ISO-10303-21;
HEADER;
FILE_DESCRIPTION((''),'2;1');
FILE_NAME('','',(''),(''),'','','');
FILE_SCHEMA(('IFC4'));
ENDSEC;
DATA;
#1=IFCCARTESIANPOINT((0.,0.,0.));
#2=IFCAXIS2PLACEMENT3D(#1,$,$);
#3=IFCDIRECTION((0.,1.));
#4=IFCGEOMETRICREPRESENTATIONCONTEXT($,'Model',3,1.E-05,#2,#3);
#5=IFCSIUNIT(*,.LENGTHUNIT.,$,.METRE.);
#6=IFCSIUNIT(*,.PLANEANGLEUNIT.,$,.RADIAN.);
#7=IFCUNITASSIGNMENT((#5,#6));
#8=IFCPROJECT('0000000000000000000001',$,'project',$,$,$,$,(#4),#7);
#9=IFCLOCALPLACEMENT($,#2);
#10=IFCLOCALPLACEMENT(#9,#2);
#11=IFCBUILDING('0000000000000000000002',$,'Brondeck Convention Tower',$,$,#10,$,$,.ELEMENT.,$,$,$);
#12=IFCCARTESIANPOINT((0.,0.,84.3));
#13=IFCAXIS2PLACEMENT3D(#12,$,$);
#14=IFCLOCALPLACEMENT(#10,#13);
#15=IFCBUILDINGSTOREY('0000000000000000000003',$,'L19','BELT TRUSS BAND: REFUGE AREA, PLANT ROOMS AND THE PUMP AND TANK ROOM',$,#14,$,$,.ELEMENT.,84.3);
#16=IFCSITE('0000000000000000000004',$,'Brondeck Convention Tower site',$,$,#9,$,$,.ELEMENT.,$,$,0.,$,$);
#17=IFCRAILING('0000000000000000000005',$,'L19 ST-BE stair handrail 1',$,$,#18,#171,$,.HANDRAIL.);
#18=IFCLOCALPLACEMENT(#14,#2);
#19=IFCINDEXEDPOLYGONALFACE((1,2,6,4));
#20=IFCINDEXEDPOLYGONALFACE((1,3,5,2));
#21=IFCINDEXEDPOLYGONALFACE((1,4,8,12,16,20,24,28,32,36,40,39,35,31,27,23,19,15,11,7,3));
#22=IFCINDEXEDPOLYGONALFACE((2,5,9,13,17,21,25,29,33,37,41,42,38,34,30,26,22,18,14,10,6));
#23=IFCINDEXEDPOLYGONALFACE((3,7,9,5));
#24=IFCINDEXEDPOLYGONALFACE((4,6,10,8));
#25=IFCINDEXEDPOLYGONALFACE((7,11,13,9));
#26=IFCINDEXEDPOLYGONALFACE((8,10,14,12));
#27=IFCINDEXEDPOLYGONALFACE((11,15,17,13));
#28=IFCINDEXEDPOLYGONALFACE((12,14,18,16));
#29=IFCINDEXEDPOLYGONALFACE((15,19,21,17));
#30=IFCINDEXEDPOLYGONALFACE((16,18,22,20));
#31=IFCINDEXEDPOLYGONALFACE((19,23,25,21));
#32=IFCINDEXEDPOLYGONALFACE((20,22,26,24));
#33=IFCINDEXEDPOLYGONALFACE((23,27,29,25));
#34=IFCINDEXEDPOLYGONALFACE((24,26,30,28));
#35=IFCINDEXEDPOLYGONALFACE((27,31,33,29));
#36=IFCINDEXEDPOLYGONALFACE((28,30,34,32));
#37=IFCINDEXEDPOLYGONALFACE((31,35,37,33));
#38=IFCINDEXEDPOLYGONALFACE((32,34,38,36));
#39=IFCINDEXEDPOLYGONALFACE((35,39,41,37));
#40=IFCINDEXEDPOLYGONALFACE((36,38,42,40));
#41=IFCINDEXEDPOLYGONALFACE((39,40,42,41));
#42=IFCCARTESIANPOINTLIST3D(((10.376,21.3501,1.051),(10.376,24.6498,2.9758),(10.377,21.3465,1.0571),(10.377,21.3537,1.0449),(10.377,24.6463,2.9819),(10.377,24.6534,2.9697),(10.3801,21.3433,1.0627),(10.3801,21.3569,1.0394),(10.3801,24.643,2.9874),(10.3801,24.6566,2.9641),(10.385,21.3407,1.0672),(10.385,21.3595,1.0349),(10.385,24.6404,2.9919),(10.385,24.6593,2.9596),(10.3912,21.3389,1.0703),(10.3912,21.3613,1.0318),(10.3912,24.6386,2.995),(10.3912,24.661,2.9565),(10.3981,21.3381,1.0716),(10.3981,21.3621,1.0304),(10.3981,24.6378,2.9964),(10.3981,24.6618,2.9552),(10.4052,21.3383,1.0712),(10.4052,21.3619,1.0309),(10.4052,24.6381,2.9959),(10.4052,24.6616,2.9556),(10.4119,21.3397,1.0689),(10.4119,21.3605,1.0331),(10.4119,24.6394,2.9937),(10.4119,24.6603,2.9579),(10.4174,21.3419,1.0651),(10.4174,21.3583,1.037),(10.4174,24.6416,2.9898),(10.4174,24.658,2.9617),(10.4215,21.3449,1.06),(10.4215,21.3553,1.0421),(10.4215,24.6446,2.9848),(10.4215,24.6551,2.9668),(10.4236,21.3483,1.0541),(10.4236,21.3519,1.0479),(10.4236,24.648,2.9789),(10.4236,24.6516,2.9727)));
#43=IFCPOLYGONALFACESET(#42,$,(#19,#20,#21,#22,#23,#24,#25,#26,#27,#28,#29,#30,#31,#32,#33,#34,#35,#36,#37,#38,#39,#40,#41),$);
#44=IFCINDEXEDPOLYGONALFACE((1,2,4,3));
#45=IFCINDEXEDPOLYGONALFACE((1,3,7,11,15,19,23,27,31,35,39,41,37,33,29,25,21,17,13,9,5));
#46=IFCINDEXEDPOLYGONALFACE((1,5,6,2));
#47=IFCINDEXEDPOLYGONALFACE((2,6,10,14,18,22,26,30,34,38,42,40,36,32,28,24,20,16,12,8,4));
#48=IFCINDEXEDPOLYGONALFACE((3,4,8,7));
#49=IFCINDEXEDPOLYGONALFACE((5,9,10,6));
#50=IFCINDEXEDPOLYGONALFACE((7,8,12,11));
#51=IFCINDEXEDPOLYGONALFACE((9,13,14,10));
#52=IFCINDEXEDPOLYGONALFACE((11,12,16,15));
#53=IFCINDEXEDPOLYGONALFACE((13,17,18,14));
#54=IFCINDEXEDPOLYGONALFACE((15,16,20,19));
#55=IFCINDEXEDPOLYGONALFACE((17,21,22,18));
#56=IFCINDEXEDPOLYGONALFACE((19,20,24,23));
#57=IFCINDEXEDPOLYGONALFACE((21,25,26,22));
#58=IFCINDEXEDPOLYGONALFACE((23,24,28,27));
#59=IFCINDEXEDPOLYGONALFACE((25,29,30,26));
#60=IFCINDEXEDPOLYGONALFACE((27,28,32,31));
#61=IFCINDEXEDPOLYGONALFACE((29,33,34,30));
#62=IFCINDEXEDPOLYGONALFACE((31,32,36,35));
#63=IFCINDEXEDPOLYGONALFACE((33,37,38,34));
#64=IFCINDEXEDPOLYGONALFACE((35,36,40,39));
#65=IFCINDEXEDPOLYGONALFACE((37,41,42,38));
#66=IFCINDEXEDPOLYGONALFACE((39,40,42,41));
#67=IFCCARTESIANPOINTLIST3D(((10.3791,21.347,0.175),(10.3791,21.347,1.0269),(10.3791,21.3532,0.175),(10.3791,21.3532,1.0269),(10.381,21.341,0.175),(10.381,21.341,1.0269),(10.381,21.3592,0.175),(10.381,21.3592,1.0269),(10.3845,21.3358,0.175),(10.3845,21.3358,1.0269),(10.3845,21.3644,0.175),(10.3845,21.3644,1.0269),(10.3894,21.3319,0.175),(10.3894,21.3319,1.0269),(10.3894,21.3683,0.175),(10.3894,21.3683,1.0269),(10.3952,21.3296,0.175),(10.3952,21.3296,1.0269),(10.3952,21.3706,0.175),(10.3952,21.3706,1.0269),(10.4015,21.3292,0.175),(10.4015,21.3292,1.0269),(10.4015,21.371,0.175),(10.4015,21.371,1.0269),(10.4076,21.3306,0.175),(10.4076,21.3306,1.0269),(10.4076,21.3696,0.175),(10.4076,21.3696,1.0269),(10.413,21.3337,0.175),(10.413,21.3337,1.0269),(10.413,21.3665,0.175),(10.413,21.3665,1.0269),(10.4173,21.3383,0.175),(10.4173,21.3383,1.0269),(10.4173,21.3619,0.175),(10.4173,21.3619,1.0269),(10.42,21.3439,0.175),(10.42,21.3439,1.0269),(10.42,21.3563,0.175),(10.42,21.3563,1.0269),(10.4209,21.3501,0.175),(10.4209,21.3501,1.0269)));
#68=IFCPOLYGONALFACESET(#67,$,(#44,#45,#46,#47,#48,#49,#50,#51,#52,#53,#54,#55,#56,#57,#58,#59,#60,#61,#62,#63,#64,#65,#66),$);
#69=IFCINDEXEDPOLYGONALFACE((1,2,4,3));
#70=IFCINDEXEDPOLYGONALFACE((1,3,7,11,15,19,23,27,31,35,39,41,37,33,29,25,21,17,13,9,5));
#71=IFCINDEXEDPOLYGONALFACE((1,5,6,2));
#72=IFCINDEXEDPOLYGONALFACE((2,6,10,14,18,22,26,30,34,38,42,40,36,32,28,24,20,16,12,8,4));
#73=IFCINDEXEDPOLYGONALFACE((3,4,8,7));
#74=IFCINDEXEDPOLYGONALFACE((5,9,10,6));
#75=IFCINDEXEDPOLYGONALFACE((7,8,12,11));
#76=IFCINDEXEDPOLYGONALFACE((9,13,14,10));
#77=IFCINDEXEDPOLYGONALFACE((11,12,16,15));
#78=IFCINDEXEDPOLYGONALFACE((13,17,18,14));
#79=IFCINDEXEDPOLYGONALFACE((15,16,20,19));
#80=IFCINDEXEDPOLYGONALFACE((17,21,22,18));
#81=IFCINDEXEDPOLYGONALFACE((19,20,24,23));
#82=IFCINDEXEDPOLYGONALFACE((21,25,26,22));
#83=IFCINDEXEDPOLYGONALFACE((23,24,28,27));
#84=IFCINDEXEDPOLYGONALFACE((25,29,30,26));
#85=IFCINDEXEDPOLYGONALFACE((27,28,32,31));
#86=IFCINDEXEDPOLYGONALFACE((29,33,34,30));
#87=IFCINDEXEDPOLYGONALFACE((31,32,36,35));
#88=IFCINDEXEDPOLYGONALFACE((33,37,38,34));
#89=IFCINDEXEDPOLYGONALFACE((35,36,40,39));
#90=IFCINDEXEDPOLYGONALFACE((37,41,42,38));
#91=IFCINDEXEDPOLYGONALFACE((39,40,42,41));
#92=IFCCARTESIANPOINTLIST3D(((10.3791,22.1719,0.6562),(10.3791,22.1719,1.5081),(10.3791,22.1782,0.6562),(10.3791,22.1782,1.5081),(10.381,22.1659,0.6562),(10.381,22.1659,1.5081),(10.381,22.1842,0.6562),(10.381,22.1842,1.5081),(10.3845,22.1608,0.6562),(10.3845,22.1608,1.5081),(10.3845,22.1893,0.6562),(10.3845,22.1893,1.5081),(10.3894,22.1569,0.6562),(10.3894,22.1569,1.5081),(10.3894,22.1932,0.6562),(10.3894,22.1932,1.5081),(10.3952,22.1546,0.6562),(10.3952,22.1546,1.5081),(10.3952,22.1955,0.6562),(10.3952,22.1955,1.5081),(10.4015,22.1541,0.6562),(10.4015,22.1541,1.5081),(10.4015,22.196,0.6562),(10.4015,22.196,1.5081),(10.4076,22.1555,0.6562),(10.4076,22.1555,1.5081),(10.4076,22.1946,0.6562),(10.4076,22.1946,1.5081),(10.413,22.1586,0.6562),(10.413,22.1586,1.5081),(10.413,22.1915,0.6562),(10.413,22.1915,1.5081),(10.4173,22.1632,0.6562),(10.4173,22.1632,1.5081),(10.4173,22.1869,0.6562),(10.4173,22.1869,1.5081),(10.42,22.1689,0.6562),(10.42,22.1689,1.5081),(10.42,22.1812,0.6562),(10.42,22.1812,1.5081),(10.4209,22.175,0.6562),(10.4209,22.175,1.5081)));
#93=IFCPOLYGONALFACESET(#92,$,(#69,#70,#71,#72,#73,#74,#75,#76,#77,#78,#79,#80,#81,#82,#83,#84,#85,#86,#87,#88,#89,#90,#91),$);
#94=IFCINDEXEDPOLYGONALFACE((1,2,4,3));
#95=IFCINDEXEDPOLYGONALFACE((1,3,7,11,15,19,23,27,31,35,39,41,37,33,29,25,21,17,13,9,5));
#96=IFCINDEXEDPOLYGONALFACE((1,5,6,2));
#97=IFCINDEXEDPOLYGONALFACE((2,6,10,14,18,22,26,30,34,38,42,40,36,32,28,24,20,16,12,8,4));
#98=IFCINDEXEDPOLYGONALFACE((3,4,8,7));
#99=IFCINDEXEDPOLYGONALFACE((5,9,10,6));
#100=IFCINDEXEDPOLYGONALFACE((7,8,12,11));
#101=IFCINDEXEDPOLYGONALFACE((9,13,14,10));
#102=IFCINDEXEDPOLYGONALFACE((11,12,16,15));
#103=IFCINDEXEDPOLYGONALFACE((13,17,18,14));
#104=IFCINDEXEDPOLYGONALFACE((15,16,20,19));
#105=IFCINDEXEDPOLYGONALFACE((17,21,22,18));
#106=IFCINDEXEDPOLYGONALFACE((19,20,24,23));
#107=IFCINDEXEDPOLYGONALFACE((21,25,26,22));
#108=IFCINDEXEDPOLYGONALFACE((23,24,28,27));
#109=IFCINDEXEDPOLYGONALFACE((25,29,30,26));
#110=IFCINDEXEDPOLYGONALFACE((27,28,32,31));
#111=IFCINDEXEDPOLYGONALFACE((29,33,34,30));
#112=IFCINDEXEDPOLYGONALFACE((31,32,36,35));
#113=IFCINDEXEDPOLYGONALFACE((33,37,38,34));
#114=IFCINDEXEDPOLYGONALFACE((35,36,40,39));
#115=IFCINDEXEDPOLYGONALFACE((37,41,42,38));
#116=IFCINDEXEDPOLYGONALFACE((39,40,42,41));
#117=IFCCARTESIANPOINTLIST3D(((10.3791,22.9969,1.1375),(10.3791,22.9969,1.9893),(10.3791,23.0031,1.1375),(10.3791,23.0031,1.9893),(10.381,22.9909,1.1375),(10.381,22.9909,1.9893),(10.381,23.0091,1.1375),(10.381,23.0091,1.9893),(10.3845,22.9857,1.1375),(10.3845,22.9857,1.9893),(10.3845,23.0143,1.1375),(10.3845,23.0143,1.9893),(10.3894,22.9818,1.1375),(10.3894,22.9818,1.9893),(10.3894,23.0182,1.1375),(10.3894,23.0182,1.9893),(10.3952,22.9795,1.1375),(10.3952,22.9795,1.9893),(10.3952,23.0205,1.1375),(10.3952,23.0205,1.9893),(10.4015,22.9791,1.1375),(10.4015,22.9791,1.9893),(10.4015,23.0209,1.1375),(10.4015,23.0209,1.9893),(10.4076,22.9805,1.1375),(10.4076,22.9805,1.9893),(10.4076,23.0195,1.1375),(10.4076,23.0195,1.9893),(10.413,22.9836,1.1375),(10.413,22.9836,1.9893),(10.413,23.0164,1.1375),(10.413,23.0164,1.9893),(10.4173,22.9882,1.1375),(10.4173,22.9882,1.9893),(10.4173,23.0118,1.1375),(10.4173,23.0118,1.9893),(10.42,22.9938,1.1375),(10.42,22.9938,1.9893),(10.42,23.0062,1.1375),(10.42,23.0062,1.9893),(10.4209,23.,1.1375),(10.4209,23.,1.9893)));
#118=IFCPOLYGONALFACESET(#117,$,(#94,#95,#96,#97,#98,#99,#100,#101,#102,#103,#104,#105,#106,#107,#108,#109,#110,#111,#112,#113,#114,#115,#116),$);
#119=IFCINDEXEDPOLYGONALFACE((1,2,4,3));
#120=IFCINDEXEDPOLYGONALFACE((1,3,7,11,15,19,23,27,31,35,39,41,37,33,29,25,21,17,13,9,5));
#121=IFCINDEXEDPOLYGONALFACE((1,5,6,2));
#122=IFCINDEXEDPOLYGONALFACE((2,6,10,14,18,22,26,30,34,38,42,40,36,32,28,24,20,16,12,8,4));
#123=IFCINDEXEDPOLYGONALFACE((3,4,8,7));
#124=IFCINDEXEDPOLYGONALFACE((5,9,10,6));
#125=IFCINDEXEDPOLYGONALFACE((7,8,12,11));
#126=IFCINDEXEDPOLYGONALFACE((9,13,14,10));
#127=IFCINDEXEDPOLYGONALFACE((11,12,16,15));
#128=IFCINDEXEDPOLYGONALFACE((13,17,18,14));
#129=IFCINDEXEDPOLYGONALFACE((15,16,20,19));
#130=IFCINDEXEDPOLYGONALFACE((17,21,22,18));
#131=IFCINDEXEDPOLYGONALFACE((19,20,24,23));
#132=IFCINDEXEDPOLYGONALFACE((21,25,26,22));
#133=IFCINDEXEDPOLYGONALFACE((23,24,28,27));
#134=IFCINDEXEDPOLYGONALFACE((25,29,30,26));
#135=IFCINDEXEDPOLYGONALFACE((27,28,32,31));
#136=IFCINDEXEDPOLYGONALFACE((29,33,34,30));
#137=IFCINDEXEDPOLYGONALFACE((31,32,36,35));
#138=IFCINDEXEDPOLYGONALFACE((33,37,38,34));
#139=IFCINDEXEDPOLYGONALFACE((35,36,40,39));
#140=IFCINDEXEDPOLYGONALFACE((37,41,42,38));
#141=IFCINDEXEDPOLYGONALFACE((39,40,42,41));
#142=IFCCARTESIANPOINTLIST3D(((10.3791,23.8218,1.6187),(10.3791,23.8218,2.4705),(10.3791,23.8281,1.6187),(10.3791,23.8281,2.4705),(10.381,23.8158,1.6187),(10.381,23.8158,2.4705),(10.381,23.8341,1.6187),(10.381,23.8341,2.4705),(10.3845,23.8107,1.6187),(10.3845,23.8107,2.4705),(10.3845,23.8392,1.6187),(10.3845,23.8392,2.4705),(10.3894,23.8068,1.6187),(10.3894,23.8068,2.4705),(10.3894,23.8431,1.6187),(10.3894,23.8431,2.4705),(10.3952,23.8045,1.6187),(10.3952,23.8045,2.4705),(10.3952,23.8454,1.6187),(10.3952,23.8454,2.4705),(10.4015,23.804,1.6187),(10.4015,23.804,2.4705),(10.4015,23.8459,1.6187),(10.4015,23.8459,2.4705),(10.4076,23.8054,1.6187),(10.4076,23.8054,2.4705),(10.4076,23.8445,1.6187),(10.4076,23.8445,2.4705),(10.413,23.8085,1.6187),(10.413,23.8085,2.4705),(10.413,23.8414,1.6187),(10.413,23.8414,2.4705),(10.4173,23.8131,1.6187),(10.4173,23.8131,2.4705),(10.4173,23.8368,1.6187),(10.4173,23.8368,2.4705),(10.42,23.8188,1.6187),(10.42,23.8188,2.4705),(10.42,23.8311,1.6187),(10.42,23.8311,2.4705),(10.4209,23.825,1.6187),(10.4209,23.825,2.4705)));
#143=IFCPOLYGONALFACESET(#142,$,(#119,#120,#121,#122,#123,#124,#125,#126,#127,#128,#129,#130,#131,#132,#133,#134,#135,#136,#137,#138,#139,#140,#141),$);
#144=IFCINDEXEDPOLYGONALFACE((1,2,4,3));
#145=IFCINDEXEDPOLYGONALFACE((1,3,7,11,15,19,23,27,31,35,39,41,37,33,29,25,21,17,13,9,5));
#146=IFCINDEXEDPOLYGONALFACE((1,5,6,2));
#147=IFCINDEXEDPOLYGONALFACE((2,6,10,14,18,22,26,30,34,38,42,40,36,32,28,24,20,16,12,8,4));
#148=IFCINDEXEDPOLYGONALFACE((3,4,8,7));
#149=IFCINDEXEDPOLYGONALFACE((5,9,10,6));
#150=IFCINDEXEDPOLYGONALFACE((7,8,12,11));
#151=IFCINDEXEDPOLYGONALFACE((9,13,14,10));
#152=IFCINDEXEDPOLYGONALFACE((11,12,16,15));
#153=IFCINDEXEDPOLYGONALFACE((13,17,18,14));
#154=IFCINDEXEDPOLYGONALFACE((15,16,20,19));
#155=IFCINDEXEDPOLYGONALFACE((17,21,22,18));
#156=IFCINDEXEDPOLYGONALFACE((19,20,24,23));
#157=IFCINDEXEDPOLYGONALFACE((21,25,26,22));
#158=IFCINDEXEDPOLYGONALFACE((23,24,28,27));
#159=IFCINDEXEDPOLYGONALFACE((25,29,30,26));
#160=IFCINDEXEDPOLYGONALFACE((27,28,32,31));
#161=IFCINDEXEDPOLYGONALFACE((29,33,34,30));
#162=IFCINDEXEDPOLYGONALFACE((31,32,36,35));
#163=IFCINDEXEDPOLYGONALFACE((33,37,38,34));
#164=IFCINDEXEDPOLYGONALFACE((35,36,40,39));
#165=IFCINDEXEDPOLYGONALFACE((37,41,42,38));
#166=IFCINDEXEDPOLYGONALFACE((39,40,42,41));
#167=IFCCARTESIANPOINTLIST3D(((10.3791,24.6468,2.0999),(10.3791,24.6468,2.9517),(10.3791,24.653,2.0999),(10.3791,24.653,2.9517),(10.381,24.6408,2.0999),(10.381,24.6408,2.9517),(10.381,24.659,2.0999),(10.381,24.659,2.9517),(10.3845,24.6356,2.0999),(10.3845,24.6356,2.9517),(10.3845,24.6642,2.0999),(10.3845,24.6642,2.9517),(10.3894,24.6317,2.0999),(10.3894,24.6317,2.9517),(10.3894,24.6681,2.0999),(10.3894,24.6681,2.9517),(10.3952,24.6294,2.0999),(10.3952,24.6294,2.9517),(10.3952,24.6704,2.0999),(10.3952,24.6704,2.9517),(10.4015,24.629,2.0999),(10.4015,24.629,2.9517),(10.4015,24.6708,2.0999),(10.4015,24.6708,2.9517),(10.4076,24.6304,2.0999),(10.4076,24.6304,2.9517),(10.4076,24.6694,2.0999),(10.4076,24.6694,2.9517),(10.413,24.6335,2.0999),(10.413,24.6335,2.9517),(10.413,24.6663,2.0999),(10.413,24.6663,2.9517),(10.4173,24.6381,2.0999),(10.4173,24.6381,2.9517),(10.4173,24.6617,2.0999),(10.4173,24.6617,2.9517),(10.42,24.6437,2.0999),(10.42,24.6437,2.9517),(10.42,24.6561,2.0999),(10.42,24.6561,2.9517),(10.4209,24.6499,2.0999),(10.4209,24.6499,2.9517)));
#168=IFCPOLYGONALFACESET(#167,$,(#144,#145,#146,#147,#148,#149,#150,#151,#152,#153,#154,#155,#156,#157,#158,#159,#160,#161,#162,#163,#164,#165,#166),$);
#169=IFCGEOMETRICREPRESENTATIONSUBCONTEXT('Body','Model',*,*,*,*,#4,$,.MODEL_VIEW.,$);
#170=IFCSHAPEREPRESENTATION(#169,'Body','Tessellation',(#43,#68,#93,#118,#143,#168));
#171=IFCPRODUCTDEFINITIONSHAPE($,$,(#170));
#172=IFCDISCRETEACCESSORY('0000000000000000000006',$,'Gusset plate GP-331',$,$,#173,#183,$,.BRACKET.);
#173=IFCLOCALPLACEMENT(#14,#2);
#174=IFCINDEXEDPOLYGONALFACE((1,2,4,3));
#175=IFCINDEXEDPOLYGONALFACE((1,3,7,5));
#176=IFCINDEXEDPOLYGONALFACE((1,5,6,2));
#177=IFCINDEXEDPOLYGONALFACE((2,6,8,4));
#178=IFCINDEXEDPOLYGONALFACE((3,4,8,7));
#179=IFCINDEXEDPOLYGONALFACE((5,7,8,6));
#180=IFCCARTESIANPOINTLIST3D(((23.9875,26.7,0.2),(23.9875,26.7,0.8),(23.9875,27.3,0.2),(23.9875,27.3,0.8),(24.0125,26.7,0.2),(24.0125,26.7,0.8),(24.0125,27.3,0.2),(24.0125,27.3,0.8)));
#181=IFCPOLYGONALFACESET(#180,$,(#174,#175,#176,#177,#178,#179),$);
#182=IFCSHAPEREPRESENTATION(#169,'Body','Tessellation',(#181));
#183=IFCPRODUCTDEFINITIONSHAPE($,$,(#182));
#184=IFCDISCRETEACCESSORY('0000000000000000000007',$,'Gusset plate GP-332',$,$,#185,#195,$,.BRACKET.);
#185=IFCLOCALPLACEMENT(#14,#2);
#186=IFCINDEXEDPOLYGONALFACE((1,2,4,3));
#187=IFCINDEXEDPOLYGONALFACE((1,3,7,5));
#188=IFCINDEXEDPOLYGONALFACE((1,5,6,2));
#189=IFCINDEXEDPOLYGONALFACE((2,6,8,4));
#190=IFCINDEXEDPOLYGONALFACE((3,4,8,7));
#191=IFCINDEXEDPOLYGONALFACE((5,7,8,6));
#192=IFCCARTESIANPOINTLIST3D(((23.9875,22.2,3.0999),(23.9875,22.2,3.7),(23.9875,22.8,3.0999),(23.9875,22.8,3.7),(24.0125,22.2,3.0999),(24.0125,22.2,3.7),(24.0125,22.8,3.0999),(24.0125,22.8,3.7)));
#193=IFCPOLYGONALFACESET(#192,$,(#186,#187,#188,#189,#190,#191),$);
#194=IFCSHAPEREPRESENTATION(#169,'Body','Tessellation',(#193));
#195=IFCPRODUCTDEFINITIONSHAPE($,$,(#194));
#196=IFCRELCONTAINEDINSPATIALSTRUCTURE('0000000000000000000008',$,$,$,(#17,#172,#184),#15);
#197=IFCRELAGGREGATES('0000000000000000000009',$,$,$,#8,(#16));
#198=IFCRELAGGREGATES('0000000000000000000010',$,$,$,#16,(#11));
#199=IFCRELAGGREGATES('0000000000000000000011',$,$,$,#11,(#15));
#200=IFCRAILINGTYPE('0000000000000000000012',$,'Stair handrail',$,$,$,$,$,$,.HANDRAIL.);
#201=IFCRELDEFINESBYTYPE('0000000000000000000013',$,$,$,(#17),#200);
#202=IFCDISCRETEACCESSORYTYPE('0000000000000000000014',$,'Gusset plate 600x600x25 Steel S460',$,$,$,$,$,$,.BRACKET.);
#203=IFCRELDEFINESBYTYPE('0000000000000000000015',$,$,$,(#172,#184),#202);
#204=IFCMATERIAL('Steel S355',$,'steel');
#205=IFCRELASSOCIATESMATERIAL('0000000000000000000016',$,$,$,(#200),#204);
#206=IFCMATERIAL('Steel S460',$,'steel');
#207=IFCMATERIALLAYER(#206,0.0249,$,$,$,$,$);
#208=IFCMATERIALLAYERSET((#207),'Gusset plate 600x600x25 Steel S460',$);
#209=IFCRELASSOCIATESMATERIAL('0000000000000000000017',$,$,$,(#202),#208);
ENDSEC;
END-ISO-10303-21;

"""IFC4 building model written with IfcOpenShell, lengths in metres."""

from ifc_helpers import new_model, si_unit, direction, frame, origin, origin_2d, place, context, subcontext, project, spatial, rectangle, circle, extrude, material, layer, layer_set, type_object, element, save


model = new_model("IFC4")

# Units and contexts
model_context = context("Model", 3, precision=1e-05, world=origin(), true_north=direction((0.0, 1.0)))
body_context = subcontext(model_context, "Body", "Model", "MODEL_VIEW")
ifc_project = project(units=[si_unit("LENGTHUNIT", "METRE"), si_unit("PLANEANGLEUNIT", "RADIAN")], contexts=[model_context])

# Site, building, storey
site_placement = place(None, origin())
site = spatial("IfcSite", under=ifc_project, at=site_placement, Name="Brondeck Convention Tower site", CompositionType="ELEMENT", RefElevation=0.0)
building_placement = place(site_placement, origin())
building = spatial("IfcBuilding", under=site, at=building_placement, Name="Brondeck Convention Tower", CompositionType="ELEMENT")
storey_placement = place(building_placement, frame((0.0, 0.0, 84.3)))
storey = spatial("IfcBuildingStorey", under=building, at=storey_placement, Name="L19", Description="BELT TRUSS BAND: REFUGE AREA, PLANT ROOMS AND THE PUMP AND TANK ROOM", CompositionType="ELEMENT", Elevation=84.3)

# Shared definitions
ifc_material_1 = material(Name="Steel S355", Category="steel")

# Shared definitions
ifc_material_2 = material(Name="Steel S460", Category="steel")

# Railing
railing_type_1 = type_object("IfcRailingType", Name="Stair handrail", PredefinedType="HANDRAIL", material=ifc_material_1)
railing_1_placement = place(storey_placement, frame((10.3999, 21.3501, 0.175)))
element("IfcRailing", 1, at=railing_1_placement, inside=storey, type_object=railing_type_1, Name="L19 ST-BE stair handrail 1", PredefinedType="HANDRAIL", context=body_context, shape_type="SweptSolid", body=[
    extrude(circle(Radius=0.0239, at=origin_2d()), frame((0.0, 0.0, 0.876), z_axis=(0.0, 0.863788, 0.503855), x_axis=(-1.0, 0.0, 0.0)), (0.0, 0.0, 1.0), 3.8201),
    extrude(circle(Radius=0.021, at=origin_2d()), origin(), (0.0, 0.0, 1.0), 0.8518),
    extrude(circle(Radius=0.021, at=origin_2d()), frame((0.0, 0.825, 0.4812)), (0.0, 0.0, 1.0), 0.8518),
    extrude(circle(Radius=0.021, at=origin_2d()), frame((0.0, 1.6499, 0.9624)), (0.0, 0.0, 1.0), 0.8518),
    extrude(circle(Radius=0.021, at=origin_2d()), frame((0.0, 2.4749, 1.4436)), (0.0, 0.0, 1.0), 0.8518),
    extrude(circle(Radius=0.021, at=origin_2d()), frame((0.0, 3.2998, 1.9248)), (0.0, 0.0, 1.0), 0.8518),
])

# Discrete accessories
ifc_layer_1 = layer(ifc_material_2, 0.0249)
ifc_layer_set_1 = layer_set([ifc_layer_1], Name="Gusset plate 600x600x25 Steel S460")
discrete_accessory_type = type_object("IfcDiscreteAccessoryType", Name="Gusset plate 600x600x25 Steel S460", PredefinedType="BRACKET", material=ifc_layer_set_1)
for number, where, z_axis, x_axis, name in (
    (2, (24.0, 27.0, 0.2), (0.0, 0.0, 1.0), (0.0, 1.0, 0.0), "Gusset plate GP-331"),
    (3, (24.0, 22.5, 3.0999), (0.0, 0.0, 1.0), (0.0, 1.0, 0.0), "Gusset plate GP-332"),
):
    element("IfcDiscreteAccessory", number, at=place(storey_placement, frame(where, z_axis=z_axis, x_axis=x_axis)), inside=storey, type_object=discrete_accessory_type, Name=name, PredefinedType="BRACKET", context=body_context, shape_type="SweptSolid", body=[
        extrude(rectangle(XDim=0.6001, YDim=0.0249, at=origin_2d()), origin(), (0.0, 0.0, 1.0), 0.6001),
    ])

save(model, "model.ifc")
